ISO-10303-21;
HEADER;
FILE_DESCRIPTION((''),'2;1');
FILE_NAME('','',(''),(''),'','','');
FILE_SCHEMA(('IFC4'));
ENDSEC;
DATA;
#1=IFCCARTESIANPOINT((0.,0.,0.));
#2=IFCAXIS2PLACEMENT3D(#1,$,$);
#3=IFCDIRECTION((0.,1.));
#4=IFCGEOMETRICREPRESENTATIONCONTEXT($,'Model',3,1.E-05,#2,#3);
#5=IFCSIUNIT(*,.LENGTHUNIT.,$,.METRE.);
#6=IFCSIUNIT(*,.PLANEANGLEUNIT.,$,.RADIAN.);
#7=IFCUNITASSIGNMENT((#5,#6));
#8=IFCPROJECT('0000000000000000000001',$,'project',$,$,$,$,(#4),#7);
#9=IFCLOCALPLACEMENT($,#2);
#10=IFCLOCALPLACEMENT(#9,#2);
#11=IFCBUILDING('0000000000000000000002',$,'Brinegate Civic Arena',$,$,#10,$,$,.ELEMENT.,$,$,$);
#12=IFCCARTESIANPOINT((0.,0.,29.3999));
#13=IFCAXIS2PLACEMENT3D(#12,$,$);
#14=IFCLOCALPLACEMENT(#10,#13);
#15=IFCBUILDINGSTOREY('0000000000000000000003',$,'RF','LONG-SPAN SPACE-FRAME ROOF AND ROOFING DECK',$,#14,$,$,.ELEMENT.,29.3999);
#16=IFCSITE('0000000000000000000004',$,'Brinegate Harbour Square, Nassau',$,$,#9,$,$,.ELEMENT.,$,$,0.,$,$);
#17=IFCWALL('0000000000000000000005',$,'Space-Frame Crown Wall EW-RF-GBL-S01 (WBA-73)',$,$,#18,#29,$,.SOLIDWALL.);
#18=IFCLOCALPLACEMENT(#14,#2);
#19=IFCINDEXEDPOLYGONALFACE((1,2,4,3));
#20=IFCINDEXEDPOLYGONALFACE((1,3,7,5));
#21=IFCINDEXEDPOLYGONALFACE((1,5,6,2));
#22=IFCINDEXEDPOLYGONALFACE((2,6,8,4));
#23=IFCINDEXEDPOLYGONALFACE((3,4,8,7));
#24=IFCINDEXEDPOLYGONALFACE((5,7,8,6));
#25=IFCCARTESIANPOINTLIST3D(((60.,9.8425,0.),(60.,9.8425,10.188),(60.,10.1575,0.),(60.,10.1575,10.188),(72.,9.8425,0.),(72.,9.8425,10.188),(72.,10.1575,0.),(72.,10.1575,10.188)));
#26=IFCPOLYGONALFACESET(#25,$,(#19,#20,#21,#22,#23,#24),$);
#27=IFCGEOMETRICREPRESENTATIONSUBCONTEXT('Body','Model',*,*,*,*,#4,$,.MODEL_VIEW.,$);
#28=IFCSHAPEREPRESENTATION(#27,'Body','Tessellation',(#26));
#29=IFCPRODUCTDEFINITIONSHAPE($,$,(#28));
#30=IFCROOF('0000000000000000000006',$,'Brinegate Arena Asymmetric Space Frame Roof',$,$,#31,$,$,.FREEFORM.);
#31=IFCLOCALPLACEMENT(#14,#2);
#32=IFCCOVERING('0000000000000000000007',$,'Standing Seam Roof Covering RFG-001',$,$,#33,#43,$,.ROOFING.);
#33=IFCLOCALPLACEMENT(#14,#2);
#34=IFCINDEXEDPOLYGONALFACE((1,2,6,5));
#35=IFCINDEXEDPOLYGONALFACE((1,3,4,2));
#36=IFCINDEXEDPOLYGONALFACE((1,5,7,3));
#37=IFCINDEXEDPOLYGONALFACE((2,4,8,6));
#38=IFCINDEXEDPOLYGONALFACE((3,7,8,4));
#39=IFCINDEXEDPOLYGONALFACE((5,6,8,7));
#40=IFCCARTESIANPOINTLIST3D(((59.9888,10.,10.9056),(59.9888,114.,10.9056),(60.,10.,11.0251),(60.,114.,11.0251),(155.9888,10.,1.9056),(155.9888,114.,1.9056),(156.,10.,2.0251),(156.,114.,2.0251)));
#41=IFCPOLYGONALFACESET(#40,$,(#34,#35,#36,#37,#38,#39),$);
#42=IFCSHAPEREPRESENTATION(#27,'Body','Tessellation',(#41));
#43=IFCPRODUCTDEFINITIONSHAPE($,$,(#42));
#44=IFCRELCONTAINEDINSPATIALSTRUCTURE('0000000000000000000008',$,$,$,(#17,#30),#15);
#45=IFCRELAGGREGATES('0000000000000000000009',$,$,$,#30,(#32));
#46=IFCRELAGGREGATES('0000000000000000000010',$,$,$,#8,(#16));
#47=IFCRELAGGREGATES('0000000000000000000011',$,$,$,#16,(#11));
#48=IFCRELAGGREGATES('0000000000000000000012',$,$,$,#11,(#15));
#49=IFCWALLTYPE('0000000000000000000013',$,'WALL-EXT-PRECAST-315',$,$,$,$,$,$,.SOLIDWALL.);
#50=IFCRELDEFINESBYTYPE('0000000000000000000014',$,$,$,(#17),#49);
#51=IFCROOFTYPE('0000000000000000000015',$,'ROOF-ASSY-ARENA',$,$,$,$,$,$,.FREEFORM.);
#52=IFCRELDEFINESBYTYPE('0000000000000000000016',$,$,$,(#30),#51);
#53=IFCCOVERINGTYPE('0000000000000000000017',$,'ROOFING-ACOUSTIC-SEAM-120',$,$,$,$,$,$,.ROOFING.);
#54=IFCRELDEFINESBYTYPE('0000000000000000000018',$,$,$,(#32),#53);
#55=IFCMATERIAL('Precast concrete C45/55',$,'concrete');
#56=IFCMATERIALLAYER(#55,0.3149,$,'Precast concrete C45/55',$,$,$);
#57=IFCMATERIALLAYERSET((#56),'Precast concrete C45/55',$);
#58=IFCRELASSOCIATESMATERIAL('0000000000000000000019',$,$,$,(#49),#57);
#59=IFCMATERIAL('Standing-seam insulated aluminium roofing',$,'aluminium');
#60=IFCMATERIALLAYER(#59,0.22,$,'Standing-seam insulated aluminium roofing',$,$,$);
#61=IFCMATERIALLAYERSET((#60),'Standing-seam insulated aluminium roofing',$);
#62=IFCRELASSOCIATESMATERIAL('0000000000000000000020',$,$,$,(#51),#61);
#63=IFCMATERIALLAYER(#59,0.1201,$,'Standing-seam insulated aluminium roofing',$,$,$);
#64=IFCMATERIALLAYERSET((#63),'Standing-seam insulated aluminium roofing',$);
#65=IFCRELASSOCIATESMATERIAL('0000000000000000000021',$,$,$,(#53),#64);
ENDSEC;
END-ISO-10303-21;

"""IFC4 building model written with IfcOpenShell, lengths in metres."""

from ifc_helpers import new_model, si_unit, direction, frame, frame_2d, origin, place, context, subcontext, project, spatial, polyline, rectangle, outline, extrude, material, layer, layer_set, type_object, element, aggregate, save


model = new_model("IFC4")

# Units and contexts
model_context = context("Model", 3, precision=1e-05, world=origin(), true_north=direction((0.0, 1.0)))
body_context = subcontext(model_context, "Body", "Model", "MODEL_VIEW")
ifc_project = project(units=[si_unit("LENGTHUNIT", "METRE"), si_unit("PLANEANGLEUNIT", "RADIAN")], contexts=[model_context])

# Site, building, storey
site_placement = place(None, origin())
site = spatial("IfcSite", under=ifc_project, at=site_placement, Name="Brinegate Harbour Square, Nassau", CompositionType="ELEMENT", RefElevation=0.0)
building_placement = place(site_placement, origin())
building = spatial("IfcBuilding", under=site, at=building_placement, Name="Brinegate Civic Arena", CompositionType="ELEMENT")
storey_placement = place(building_placement, frame((0.0, 0.0, 29.3999)))
storey = spatial("IfcBuildingStorey", under=building, at=storey_placement, Name="RF", Description="LONG-SPAN SPACE-FRAME ROOF AND ROOFING DECK", CompositionType="ELEMENT", Elevation=29.3999)

# Wall
ifc_material_1 = material(Name="Precast concrete C45/55", Category="concrete")
ifc_layer_1 = layer(ifc_material_1, 0.3149, Name="Precast concrete C45/55")
ifc_layer_set_1 = layer_set([ifc_layer_1], Name="Precast concrete C45/55")
wall_type_1 = type_object("IfcWallType", Name="WALL-EXT-PRECAST-315", PredefinedType="SOLIDWALL", material=ifc_layer_set_1)
wall_1_placement = place(storey_placement, frame((60.0, 10.0, 0.0), z_axis=(0.0, 0.0, 1.0), x_axis=(1.0, 0.0, 0.0)))
element("IfcWall", 1, at=wall_1_placement, inside=storey, type_object=wall_type_1, Name="Space-Frame Crown Wall EW-RF-GBL-S01 (WBA-73)", PredefinedType="SOLIDWALL", context=body_context, shape_type="SweptSolid", body=[
    extrude(rectangle(XDim=12.0, YDim=0.3149, at=frame_2d((6.0, 0.0))), origin(), (0.0, 0.0, 1.0), 10.188),
])

# Roof, covering
ifc_material_2 = material(Name="Standing-seam insulated aluminium roofing", Category="aluminium")
ifc_layer_2 = layer(ifc_material_2, 0.22, Name="Standing-seam insulated aluminium roofing")
ifc_layer_set_2 = layer_set([ifc_layer_2], Name="Standing-seam insulated aluminium roofing")
roof_type = type_object("IfcRoofType", Name="ROOF-ASSY-ARENA", PredefinedType="FREEFORM", material=ifc_layer_set_2)
roof_placement = place(storey_placement, origin())
roof = element("IfcRoof", 2, at=roof_placement, inside=storey, type_object=roof_type, Name="Brinegate Arena Asymmetric Space Frame Roof", PredefinedType="FREEFORM")
ifc_layer_3 = layer(ifc_material_2, 0.1201, Name="Standing-seam insulated aluminium roofing")
ifc_layer_set_3 = layer_set([ifc_layer_3], Name="Standing-seam insulated aluminium roofing")
covering_type = type_object("IfcCoveringType", Name="ROOFING-ACOUSTIC-SEAM-120", PredefinedType="ROOFING", material=ifc_layer_set_3)
covering_placement = place(storey_placement, frame((60.0, 10.0, 11.0251), z_axis=(0.093341, 0.0, 0.995634), x_axis=(0.995634, 0.0, -0.093341)))
covering = element("IfcCovering", 3, at=covering_placement, type_object=covering_type, Name="Standing Seam Roof Covering RFG-001", PredefinedType="ROOFING", context=body_context, shape_type="SweptSolid", body=[
    extrude(outline(polyline([(0.0, 0.0), (96.421, 0.0), (96.421, 104.0), (0.0, 104.0), (0.0, 0.0)])), origin(), (0.0, 0.0, -1.0), 0.1201),
])
aggregate(roof, [covering])

save(model, "model.ifc")
